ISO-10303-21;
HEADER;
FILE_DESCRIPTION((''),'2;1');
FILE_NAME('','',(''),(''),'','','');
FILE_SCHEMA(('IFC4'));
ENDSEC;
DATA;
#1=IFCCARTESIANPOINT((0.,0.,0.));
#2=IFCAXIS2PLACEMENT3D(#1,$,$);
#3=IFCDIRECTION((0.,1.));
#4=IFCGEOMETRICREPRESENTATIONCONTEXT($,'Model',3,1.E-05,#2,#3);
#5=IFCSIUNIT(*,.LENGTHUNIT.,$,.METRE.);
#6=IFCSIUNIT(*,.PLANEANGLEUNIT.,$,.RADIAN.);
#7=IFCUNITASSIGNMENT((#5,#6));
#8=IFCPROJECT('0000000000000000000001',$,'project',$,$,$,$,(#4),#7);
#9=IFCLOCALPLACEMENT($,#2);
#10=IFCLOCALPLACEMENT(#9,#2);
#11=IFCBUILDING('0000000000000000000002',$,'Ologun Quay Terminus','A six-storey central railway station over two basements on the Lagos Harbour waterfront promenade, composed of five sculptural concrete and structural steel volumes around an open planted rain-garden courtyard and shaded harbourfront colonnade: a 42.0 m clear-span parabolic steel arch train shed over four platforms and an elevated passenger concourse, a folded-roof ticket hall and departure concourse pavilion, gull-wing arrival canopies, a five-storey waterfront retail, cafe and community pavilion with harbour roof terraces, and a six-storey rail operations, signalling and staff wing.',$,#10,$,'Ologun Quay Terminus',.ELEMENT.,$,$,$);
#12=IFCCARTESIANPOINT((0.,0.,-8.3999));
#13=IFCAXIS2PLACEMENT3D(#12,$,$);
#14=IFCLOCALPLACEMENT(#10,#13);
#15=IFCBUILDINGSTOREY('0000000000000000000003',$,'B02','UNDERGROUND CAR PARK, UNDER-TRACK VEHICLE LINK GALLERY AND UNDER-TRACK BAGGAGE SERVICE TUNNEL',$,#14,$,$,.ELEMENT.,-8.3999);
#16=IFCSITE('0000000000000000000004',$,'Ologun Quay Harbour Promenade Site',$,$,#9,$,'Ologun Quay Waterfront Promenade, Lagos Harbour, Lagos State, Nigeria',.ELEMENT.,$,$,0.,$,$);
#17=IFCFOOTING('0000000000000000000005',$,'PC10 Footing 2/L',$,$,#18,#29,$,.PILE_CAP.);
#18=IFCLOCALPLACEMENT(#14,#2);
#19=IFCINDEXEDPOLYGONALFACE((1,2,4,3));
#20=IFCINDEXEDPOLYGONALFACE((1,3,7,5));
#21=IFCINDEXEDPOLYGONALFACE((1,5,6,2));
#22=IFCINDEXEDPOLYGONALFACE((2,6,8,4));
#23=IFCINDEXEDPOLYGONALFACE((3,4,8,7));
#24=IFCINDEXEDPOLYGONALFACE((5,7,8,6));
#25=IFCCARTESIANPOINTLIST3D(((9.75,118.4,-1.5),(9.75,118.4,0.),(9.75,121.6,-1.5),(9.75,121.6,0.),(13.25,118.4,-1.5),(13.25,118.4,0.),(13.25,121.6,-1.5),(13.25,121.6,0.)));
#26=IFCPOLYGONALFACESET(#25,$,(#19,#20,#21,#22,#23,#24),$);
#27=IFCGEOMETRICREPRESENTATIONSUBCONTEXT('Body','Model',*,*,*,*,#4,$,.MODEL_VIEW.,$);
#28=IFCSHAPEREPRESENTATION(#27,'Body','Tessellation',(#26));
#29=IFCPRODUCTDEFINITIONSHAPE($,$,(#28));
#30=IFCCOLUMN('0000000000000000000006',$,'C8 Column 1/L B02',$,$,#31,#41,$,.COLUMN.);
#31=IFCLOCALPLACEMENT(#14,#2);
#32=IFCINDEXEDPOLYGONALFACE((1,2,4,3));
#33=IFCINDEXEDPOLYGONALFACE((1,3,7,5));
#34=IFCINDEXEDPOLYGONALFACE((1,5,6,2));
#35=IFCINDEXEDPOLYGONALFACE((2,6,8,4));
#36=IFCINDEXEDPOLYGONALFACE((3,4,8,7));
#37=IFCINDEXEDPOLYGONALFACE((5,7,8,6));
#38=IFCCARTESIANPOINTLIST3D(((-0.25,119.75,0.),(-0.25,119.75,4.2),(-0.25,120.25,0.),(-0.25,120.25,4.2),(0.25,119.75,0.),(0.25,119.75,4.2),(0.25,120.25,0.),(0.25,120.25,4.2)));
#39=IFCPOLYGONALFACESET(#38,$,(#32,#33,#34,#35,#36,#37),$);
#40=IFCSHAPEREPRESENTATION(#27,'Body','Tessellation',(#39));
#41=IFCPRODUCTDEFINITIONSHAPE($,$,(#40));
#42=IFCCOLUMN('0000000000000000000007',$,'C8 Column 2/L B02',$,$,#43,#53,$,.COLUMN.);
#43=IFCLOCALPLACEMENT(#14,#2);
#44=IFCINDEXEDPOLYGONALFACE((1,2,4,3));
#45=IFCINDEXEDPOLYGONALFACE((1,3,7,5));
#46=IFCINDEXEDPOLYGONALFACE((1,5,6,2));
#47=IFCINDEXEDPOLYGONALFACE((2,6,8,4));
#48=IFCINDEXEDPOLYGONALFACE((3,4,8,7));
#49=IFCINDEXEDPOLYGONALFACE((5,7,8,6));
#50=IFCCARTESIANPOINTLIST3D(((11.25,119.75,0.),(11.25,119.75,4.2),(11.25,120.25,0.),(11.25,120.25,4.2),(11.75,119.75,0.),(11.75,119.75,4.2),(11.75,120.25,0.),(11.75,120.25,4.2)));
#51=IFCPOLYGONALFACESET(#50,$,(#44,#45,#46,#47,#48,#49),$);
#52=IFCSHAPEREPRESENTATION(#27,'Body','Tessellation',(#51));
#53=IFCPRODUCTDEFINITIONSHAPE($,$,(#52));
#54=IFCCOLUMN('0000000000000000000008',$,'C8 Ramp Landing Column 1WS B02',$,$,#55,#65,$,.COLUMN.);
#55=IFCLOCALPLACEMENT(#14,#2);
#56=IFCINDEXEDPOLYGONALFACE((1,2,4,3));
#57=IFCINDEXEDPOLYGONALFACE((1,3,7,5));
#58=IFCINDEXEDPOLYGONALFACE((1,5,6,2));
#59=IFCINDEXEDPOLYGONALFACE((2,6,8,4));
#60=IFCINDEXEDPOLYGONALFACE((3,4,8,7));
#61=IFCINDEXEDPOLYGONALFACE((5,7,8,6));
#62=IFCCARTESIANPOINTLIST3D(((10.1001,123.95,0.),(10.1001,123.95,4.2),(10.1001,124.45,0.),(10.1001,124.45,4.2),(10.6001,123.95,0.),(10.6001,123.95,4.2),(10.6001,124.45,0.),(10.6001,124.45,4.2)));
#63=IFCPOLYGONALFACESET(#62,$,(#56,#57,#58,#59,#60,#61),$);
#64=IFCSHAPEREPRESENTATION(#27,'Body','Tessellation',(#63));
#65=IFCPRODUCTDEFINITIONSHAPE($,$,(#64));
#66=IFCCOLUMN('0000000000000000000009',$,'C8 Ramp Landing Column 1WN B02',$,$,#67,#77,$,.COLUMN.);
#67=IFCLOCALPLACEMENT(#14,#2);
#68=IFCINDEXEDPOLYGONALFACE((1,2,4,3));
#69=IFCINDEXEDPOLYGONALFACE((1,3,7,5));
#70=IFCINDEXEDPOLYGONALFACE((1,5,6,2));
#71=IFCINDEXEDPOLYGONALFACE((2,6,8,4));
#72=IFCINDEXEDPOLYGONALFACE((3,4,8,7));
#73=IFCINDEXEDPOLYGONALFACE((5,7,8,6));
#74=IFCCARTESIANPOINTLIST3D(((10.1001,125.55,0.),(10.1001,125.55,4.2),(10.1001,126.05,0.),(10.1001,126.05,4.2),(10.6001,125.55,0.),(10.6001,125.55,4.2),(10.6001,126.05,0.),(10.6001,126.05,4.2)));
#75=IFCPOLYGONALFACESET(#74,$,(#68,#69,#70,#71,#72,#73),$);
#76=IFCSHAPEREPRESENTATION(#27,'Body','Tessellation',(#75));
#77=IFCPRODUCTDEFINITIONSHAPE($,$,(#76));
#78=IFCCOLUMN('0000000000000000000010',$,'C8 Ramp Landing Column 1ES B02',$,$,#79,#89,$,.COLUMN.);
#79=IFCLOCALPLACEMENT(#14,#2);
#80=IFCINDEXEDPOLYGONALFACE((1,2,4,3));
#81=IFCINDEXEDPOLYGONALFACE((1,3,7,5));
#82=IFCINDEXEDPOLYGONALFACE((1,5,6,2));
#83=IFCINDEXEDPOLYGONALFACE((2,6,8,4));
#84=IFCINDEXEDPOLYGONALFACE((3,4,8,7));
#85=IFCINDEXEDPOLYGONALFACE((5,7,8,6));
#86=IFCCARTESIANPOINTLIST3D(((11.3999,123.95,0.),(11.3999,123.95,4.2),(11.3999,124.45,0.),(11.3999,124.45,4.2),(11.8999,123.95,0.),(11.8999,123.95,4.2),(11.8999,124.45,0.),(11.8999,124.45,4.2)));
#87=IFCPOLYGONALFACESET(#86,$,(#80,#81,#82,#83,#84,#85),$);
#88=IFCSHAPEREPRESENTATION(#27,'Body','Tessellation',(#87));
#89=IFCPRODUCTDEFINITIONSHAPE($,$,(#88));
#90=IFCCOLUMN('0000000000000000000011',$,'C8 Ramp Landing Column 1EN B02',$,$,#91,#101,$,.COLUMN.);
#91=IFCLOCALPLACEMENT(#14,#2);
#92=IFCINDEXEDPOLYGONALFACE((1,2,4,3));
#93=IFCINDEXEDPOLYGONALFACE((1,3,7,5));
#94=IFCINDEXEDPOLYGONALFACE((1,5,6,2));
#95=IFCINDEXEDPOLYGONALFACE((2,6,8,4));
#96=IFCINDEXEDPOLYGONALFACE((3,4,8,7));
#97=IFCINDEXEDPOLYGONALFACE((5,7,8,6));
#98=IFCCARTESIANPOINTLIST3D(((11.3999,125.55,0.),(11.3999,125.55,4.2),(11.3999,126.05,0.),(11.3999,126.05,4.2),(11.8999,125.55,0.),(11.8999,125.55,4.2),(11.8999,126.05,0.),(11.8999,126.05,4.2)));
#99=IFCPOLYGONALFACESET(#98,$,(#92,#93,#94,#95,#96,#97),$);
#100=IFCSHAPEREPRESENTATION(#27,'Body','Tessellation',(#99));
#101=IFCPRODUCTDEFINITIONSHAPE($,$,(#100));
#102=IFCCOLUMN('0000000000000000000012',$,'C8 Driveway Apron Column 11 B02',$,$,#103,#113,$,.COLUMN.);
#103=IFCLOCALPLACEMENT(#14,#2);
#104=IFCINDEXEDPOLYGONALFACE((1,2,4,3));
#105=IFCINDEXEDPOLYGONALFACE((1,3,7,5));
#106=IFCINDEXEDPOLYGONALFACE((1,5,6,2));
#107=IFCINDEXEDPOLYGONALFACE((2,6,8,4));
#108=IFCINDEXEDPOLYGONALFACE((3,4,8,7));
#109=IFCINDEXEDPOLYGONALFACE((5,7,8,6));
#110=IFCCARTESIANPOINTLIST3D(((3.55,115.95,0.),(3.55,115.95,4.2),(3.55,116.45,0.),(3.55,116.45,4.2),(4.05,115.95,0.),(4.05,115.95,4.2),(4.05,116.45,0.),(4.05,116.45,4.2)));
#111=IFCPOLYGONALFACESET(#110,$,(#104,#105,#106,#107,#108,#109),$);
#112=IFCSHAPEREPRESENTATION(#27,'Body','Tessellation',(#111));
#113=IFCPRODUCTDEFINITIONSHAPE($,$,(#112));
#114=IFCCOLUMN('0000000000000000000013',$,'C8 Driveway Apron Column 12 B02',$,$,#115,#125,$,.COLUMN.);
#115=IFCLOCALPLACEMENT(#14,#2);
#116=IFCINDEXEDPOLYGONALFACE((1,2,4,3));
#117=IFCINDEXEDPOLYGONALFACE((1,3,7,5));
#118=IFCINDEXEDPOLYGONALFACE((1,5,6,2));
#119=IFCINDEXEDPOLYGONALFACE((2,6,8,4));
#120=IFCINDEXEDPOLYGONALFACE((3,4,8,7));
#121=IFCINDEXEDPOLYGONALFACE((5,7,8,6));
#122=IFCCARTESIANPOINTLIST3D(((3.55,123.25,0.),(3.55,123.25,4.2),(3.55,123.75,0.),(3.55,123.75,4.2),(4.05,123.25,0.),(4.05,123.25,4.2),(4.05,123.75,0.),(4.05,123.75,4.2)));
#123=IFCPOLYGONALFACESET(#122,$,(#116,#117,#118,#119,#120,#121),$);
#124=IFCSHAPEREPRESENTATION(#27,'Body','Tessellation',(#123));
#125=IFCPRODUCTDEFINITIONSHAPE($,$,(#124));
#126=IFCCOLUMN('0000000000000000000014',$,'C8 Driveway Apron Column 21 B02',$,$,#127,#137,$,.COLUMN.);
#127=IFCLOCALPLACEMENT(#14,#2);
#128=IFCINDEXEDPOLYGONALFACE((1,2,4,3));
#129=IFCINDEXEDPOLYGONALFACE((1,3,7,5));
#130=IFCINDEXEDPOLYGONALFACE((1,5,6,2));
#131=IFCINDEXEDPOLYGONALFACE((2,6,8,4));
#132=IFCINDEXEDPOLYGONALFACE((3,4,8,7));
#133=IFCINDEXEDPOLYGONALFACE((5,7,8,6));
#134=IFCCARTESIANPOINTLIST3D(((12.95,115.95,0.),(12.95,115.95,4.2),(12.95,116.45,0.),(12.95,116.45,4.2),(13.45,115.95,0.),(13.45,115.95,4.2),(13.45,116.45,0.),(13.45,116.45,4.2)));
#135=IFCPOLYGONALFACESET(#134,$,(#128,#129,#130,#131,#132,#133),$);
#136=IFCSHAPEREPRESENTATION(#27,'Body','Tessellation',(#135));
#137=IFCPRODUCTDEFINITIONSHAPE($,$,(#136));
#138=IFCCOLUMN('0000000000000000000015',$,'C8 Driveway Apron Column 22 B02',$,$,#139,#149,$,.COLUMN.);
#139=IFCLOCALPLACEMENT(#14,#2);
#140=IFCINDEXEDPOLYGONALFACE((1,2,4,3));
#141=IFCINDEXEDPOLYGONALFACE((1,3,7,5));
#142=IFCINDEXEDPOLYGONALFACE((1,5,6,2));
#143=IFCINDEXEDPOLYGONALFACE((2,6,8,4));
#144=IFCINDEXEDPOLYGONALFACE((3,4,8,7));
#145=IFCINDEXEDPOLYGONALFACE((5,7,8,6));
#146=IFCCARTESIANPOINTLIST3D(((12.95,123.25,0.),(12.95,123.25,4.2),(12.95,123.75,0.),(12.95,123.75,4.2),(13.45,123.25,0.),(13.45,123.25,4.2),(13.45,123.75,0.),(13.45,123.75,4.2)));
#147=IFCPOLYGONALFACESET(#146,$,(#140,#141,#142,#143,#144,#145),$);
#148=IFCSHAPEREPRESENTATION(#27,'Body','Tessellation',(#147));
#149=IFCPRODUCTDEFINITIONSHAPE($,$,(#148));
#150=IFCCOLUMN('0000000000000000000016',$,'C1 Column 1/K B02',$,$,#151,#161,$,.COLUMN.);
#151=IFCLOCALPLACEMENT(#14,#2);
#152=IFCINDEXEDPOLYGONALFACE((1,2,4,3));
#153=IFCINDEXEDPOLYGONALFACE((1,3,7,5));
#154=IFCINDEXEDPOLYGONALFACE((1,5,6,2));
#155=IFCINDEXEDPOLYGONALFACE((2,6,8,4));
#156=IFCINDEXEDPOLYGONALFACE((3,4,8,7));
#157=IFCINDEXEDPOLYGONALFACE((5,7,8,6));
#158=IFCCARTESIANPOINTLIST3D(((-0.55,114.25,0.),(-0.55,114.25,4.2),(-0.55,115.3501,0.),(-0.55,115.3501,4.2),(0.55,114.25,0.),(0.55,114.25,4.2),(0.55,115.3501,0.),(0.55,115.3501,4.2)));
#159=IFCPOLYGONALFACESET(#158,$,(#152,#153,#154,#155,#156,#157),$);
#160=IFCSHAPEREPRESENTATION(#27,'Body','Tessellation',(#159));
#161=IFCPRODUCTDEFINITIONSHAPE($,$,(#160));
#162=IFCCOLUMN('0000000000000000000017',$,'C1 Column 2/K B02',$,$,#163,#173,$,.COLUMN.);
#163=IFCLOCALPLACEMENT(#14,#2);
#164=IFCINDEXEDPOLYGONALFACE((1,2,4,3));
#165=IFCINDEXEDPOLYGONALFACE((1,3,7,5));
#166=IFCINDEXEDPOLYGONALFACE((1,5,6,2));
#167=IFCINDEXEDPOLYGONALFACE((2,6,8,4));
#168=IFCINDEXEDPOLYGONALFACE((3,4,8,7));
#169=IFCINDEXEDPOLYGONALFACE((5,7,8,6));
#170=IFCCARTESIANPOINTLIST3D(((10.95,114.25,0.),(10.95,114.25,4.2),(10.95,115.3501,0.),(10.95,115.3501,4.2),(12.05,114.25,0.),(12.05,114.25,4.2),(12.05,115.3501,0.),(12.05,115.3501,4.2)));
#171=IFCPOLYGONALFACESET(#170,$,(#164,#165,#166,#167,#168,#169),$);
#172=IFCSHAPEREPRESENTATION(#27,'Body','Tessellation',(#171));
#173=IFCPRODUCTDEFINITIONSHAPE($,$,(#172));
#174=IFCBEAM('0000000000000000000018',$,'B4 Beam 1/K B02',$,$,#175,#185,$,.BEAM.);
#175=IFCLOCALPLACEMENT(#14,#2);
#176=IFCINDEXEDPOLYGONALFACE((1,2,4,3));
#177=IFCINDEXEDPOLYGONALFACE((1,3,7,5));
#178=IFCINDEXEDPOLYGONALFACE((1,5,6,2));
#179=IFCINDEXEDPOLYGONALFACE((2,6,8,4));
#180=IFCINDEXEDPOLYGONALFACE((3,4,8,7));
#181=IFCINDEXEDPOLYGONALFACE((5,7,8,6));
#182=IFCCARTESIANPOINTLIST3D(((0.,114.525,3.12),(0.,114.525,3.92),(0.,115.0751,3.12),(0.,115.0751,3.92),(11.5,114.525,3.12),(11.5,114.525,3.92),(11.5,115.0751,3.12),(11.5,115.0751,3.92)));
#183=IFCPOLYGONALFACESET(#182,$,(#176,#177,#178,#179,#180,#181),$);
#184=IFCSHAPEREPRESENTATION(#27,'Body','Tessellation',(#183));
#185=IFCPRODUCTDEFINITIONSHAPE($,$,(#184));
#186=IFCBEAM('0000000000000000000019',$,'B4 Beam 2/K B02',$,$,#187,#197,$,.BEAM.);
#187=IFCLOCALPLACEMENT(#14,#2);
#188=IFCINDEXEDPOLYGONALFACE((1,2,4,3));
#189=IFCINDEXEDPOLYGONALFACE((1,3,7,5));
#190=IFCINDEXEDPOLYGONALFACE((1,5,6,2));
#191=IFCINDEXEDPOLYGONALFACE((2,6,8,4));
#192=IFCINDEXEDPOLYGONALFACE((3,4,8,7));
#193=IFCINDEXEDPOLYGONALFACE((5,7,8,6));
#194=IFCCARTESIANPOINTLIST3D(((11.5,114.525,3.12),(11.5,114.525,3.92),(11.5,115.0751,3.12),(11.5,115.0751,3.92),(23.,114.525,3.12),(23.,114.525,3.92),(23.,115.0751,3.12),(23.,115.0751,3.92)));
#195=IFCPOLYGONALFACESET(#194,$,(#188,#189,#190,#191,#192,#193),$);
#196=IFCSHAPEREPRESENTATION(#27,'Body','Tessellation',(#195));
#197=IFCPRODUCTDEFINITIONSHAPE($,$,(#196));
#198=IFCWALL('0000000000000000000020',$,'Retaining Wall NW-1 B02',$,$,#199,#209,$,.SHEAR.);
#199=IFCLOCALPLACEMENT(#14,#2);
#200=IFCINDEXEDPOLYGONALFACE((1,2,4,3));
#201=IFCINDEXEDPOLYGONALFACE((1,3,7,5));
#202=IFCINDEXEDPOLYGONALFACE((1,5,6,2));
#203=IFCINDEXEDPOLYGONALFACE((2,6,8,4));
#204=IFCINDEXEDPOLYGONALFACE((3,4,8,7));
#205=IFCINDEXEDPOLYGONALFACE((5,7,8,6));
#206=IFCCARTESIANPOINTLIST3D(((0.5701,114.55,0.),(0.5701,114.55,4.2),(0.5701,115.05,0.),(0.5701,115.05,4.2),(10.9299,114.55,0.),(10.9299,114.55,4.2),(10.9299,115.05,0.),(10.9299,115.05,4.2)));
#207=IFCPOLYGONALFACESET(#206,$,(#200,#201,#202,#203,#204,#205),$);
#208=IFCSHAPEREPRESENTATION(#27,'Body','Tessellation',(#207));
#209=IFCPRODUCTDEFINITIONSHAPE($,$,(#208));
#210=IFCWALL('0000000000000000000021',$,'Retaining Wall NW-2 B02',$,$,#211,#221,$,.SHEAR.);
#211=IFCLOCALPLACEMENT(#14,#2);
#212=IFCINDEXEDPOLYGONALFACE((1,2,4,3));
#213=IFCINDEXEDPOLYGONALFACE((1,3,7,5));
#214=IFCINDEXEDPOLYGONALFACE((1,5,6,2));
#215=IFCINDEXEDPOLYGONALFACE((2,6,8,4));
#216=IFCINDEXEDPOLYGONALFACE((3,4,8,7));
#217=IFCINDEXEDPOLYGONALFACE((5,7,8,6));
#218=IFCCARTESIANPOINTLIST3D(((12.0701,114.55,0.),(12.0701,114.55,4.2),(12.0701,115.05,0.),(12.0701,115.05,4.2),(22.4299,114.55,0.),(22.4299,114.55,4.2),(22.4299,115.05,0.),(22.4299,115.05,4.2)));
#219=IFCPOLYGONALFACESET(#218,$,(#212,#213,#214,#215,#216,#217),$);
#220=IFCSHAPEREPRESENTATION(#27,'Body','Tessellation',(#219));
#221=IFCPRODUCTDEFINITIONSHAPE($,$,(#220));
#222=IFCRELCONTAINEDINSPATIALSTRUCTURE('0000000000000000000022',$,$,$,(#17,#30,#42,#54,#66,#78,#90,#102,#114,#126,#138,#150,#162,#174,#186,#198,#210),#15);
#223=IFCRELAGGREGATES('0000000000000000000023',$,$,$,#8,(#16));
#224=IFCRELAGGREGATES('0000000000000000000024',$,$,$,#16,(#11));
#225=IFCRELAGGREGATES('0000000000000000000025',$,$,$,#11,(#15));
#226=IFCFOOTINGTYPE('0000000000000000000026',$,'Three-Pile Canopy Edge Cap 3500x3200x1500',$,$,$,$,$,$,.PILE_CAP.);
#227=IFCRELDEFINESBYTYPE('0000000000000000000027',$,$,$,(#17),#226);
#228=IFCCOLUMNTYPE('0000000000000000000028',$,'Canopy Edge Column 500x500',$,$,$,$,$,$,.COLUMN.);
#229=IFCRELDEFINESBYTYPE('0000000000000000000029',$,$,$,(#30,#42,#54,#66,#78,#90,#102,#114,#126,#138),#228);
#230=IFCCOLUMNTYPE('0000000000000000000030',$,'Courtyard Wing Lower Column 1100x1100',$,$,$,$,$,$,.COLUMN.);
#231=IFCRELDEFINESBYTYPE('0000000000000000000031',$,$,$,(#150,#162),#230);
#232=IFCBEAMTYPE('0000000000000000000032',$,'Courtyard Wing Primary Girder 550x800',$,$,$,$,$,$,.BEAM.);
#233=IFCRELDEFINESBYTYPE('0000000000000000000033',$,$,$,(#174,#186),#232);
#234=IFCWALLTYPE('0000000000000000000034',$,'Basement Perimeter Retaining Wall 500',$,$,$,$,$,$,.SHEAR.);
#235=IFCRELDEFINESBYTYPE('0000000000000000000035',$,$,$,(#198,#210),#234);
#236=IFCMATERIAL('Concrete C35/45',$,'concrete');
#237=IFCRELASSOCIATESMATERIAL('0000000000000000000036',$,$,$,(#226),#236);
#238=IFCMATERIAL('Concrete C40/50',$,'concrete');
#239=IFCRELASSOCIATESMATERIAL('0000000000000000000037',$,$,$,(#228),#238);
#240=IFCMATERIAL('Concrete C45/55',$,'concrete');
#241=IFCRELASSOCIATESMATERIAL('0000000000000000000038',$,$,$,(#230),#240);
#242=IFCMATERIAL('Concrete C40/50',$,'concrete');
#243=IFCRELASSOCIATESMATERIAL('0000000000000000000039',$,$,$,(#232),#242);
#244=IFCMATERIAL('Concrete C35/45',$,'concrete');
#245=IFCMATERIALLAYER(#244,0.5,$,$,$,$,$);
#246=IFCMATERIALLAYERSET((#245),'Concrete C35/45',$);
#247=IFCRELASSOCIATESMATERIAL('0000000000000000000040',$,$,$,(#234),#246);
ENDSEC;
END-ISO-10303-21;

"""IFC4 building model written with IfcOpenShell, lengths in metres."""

from ifc_helpers import new_model, si_unit, direction, frame, frame_2d, origin, origin_2d, place, context, subcontext, project, spatial, rectangle, extrude, material, layer, layer_set, material_profile, profile_set, type_object, element, save


model = new_model("IFC4")

# Units and contexts
model_context = context("Model", 3, precision=1e-05, world=origin(), true_north=direction((0.0, 1.0)))
body_context = subcontext(model_context, "Body", "Model", "MODEL_VIEW")
ifc_project = project(units=[si_unit("LENGTHUNIT", "METRE"), si_unit("PLANEANGLEUNIT", "RADIAN")], contexts=[model_context])

# Site, building, storey
site_placement = place(None, origin())
site = spatial("IfcSite", under=ifc_project, at=site_placement, Name="Ologun Quay Harbour Promenade Site", LongName="Ologun Quay Waterfront Promenade, Lagos Harbour, Lagos State, Nigeria", CompositionType="ELEMENT", RefElevation=0.0)
building_placement = place(site_placement, origin())
building = spatial("IfcBuilding", under=site, at=building_placement, Name="Ologun Quay Terminus", Description="A six-storey central railway station over two basements on the Lagos Harbour waterfront promenade, composed of five sculptural concrete and structural steel volumes around an open planted rain-garden courtyard and shaded harbourfront colonnade: a 42.0 m clear-span parabolic steel arch train shed over four platforms and an elevated passenger concourse, a folded-roof ticket hall and departure concourse pavilion, gull-wing arrival canopies, a five-storey waterfront retail, cafe and community pavilion with harbour roof terraces, and a six-storey rail operations, signalling and staff wing.", LongName="Ologun Quay Terminus", CompositionType="ELEMENT")
storey_placement = place(building_placement, frame((0.0, 0.0, -8.3999)))
storey = spatial("IfcBuildingStorey", under=building, at=storey_placement, Name="B02", Description="UNDERGROUND CAR PARK, UNDER-TRACK VEHICLE LINK GALLERY AND UNDER-TRACK BAGGAGE SERVICE TUNNEL", CompositionType="ELEMENT", Elevation=-8.3999)

# Footing
ifc_material_1 = material(Name="Concrete C35/45", Category="concrete")
footing_type_1 = type_object("IfcFootingType", Name="Three-Pile Canopy Edge Cap 3500x3200x1500", PredefinedType="PILE_CAP", material=ifc_material_1)
for number, where, z_axis, x_axis, name in (
    (1, (11.5, 120.0, -1.5), (0.0, 0.0, 1.0), (1.0, 0.0, 0.0), "PC10 Footing 2/L"),
):
    element("IfcFooting", number, at=place(storey_placement, frame(where, z_axis=z_axis, x_axis=x_axis)), inside=storey, type_object=footing_type_1, Name=name, PredefinedType="PILE_CAP", context=body_context, shape_type="SweptSolid", body=[
        extrude(rectangle(XDim=3.5, YDim=3.2, at=origin_2d()), origin(), (0.0, 0.0, 1.0), 1.5),
    ])

# Columns
ifc_material_2 = material(Name="Concrete C40/50", Category="concrete")
ifc_material_profile_1 = material_profile(ifc_material_2, rectangle(XDim=0.5, YDim=0.5, at=origin_2d()), Name="RC 500x500")
ifc_profile_set_1 = profile_set([ifc_material_profile_1], Name="Concrete C40/50")
column_type_1 = type_object("IfcColumnType", Name="Canopy Edge Column 500x500", PredefinedType="COLUMN", material=ifc_profile_set_1)
for number, where, z_axis, x_axis, name in (
    (2, (0.0, 120.0, 0.0), (0.0, 0.0, 1.0), (1.0, 0.0, 0.0), "C8 Column 1/L B02"),
    (3, (11.5, 120.0, 0.0), (0.0, 0.0, 1.0), (1.0, 0.0, 0.0), "C8 Column 2/L B02"),
    (4, (10.3501, 124.2, 0.0), (0.0, 0.0, 1.0), (1.0, 0.0, 0.0), "C8 Ramp Landing Column 1WS B02"),
    (5, (10.3501, 125.8, 0.0), (0.0, 0.0, 1.0), (1.0, 0.0, 0.0), "C8 Ramp Landing Column 1WN B02"),
    (6, (11.6499, 124.2, 0.0), (0.0, 0.0, 1.0), (1.0, 0.0, 0.0), "C8 Ramp Landing Column 1ES B02"),
    (7, (11.6499, 125.8, 0.0), (0.0, 0.0, 1.0), (1.0, 0.0, 0.0), "C8 Ramp Landing Column 1EN B02"),
    (8, (3.8, 116.2, 0.0), (0.0, 0.0, 1.0), (1.0, 0.0, 0.0), "C8 Driveway Apron Column 11 B02"),
    (9, (3.8, 123.5, 0.0), (0.0, 0.0, 1.0), (1.0, 0.0, 0.0), "C8 Driveway Apron Column 12 B02"),
    (10, (13.2, 116.2, 0.0), (0.0, 0.0, 1.0), (1.0, 0.0, 0.0), "C8 Driveway Apron Column 21 B02"),
    (11, (13.2, 123.5, 0.0), (0.0, 0.0, 1.0), (1.0, 0.0, 0.0), "C8 Driveway Apron Column 22 B02"),
):
    element("IfcColumn", number, at=place(storey_placement, frame(where, z_axis=z_axis, x_axis=x_axis)), inside=storey, type_object=column_type_1, Name=name, PredefinedType="COLUMN", context=body_context, shape_type="SweptSolid", body=[
        extrude(rectangle(XDim=0.5, YDim=0.5, at=origin_2d()), origin(), (0.0, 0.0, 1.0), 4.2),
    ])
ifc_material_3 = material(Name="Concrete C45/55", Category="concrete")
ifc_material_profile_2 = material_profile(ifc_material_3, rectangle(XDim=1.1001, YDim=1.1001, at=origin_2d()), Name="RC 1100x1100")
ifc_profile_set_2 = profile_set([ifc_material_profile_2], Name="Concrete C45/55")
column_type_2 = type_object("IfcColumnType", Name="Courtyard Wing Lower Column 1100x1100", PredefinedType="COLUMN", material=ifc_profile_set_2)
for number, where, z_axis, x_axis, name in (
    (12, (0.0, 114.8, 0.0), (0.0, 0.0, 1.0), (1.0, 0.0, 0.0), "C1 Column 1/K B02"),
    (13, (11.5, 114.8, 0.0), (0.0, 0.0, 1.0), (1.0, 0.0, 0.0), "C1 Column 2/K B02"),
):
    element("IfcColumn", number, at=place(storey_placement, frame(where, z_axis=z_axis, x_axis=x_axis)), inside=storey, type_object=column_type_2, Name=name, PredefinedType="COLUMN", context=body_context, shape_type="SweptSolid", body=[
        extrude(rectangle(XDim=1.1001, YDim=1.1001, at=origin_2d()), origin(), (0.0, 0.0, 1.0), 4.2),
    ])

# Beams
ifc_material_4 = material(Name="Concrete C40/50", Category="concrete")
ifc_material_profile_3 = material_profile(ifc_material_4, rectangle(XDim=0.55, YDim=0.8, at=origin_2d()), Name="RC 550x800")
ifc_profile_set_3 = profile_set([ifc_material_profile_3], Name="Concrete C40/50")
beam_type = type_object("IfcBeamType", Name="Courtyard Wing Primary Girder 550x800", PredefinedType="BEAM", material=ifc_profile_set_3)
for number, where, z_axis, x_axis, name in (
    (14, (0.0, 114.8, 3.52), (1.0, 0.0, 0.0), (0.0, 1.0, 0.0), "B4 Beam 1/K B02"),
    (15, (11.5, 114.8, 3.52), (1.0, 0.0, 0.0), (0.0, 1.0, 0.0), "B4 Beam 2/K B02"),
):
    element("IfcBeam", number, at=place(storey_placement, frame(where, z_axis=z_axis, x_axis=x_axis)), inside=storey, type_object=beam_type, Name=name, PredefinedType="BEAM", context=body_context, shape_type="SweptSolid", body=[
        extrude(rectangle(XDim=0.55, YDim=0.8, at=origin_2d()), origin(), (0.0, 0.0, 1.0), 11.5),
    ])

# Walls
ifc_material_5 = material(Name="Concrete C35/45", Category="concrete")
ifc_layer_1 = layer(ifc_material_5, 0.5)
ifc_layer_set_1 = layer_set([ifc_layer_1], Name="Concrete C35/45")
wall_type_1 = type_object("IfcWallType", Name="Basement Perimeter Retaining Wall 500", PredefinedType="SHEAR", material=ifc_layer_set_1)
for number, where, z_axis, x_axis, name in (
    (16, (0.5701, 114.8, 0.0), (0.0, 0.0, 1.0), (1.0, 0.0, 0.0), "Retaining Wall NW-1 B02"),
    (17, (12.0701, 114.8, 0.0), (0.0, 0.0, 1.0), (1.0, 0.0, 0.0), "Retaining Wall NW-2 B02"),
):
    element("IfcWall", number, at=place(storey_placement, frame(where, z_axis=z_axis, x_axis=x_axis)), inside=storey, type_object=wall_type_1, Name=name, PredefinedType="SHEAR", context=body_context, shape_type="SweptSolid", body=[
        extrude(rectangle(XDim=10.3599, YDim=0.5, at=frame_2d((5.1799, 0.0))), origin(), (0.0, 0.0, 1.0), 4.2),
    ])

save(model, "model.ifc")
